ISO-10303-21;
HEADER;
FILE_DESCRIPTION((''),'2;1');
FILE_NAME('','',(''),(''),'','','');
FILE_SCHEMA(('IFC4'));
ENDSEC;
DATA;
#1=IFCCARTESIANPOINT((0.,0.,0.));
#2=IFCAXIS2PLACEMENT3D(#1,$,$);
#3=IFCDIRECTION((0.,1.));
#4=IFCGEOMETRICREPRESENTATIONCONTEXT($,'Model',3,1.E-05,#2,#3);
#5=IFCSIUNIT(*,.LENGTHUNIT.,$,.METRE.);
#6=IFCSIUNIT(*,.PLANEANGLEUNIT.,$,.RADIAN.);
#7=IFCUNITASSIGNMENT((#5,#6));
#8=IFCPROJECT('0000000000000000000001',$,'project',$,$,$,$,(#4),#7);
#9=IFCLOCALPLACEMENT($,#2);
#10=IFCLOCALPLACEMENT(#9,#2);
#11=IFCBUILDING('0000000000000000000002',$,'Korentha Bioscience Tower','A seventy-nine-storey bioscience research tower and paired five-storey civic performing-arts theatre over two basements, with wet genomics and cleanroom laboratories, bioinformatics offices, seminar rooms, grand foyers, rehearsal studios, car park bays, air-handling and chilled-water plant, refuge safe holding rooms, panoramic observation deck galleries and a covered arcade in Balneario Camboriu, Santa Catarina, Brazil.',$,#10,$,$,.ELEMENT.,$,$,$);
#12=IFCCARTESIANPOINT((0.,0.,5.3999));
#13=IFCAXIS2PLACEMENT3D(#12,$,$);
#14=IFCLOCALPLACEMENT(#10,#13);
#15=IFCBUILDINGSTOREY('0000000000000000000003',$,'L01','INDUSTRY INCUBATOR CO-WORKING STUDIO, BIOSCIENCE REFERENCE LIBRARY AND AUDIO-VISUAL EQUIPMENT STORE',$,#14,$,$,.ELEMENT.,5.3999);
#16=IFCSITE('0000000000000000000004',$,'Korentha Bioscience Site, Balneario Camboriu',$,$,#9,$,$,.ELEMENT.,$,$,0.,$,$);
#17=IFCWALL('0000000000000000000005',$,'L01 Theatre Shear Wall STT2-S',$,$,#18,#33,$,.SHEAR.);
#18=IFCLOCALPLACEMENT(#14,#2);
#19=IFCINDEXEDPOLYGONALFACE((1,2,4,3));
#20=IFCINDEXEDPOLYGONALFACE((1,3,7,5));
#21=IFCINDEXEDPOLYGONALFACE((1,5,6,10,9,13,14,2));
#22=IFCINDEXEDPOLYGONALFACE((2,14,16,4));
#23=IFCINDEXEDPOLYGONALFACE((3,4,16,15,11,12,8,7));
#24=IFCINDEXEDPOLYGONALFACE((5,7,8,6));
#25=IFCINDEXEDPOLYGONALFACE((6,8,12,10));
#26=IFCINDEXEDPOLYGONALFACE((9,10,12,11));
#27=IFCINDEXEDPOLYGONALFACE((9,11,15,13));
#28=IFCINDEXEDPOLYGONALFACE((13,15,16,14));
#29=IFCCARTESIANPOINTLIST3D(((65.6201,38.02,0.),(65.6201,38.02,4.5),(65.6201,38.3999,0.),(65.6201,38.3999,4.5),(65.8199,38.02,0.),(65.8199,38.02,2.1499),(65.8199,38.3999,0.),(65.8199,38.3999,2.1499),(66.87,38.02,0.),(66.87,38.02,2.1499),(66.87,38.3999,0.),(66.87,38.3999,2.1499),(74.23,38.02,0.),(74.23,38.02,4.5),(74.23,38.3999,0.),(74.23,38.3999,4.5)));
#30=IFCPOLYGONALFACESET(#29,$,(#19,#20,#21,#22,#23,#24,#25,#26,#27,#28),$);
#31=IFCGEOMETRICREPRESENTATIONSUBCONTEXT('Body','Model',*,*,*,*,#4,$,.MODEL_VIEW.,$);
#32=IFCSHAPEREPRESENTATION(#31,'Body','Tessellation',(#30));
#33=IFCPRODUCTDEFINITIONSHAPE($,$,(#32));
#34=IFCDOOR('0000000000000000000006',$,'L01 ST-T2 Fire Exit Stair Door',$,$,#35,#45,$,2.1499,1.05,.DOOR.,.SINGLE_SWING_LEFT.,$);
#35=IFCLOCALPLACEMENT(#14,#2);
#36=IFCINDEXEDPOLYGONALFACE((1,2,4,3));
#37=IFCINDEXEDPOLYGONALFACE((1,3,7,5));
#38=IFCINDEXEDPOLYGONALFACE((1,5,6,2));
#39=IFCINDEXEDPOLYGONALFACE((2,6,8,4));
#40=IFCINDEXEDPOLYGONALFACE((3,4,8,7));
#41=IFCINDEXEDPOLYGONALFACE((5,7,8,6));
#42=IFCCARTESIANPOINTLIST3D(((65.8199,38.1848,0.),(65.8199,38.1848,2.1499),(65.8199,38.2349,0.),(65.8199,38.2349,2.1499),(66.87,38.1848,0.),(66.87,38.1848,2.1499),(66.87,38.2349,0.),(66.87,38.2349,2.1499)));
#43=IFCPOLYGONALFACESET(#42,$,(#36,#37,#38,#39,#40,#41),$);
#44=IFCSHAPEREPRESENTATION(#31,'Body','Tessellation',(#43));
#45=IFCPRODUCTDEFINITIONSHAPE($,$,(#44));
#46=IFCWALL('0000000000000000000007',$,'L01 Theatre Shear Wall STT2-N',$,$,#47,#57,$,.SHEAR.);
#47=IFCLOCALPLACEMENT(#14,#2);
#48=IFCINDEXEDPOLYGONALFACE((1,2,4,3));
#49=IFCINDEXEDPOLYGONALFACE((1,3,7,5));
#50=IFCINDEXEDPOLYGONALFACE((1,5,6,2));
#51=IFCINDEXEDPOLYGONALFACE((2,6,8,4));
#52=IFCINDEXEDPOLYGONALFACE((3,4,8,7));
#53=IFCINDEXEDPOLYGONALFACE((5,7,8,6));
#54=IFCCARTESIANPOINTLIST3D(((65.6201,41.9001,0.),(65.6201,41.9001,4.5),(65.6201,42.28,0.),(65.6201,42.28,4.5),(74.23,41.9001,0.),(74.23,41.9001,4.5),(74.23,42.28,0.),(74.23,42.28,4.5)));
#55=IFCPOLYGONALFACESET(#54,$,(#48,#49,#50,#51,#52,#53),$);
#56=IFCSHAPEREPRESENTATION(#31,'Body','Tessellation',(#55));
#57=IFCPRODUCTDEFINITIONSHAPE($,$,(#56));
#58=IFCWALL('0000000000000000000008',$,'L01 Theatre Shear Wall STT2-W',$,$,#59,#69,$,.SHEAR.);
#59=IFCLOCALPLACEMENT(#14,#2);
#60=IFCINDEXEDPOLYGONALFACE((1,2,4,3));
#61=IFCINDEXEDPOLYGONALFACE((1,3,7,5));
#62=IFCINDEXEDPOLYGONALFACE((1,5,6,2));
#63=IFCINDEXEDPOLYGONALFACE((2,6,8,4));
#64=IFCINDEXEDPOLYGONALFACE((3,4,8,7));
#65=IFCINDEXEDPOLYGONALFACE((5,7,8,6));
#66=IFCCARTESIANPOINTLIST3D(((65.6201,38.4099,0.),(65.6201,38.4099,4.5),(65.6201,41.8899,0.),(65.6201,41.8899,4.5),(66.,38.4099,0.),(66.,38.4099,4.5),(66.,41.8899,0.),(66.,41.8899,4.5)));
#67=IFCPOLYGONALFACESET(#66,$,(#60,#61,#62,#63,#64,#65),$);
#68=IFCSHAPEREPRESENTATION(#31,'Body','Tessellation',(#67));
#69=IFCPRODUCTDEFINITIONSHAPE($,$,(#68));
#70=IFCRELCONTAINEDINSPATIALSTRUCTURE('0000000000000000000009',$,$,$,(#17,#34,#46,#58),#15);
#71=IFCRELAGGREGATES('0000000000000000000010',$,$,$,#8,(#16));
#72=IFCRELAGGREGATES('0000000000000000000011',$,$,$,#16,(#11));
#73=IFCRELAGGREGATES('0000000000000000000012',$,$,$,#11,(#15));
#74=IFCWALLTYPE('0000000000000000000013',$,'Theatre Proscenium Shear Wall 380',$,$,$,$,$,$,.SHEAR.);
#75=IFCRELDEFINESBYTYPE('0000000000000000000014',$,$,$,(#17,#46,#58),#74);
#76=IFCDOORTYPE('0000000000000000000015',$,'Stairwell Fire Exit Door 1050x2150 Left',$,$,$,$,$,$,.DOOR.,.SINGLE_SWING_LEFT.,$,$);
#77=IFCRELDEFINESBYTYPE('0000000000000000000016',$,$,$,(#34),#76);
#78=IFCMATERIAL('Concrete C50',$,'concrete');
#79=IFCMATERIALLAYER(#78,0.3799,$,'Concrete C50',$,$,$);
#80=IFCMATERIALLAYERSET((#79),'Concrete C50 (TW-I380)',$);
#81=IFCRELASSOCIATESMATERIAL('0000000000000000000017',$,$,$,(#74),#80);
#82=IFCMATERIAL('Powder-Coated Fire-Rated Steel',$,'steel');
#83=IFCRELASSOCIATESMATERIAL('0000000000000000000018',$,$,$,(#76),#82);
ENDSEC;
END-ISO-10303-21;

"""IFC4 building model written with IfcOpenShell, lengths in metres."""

from ifc_helpers import new_model, si_unit, direction, frame, frame_2d, origin, place, context, subcontext, project, spatial, rectangle, extrude, material, layer, layer_set, type_object, element, fill, save


model = new_model("IFC4")

# Units and contexts
model_context = context("Model", 3, precision=1e-05, world=origin(), true_north=direction((0.0, 1.0)))
body_context = subcontext(model_context, "Body", "Model", "MODEL_VIEW")
ifc_project = project(units=[si_unit("LENGTHUNIT", "METRE"), si_unit("PLANEANGLEUNIT", "RADIAN")], contexts=[model_context])

# Site, building, storey
site_placement = place(None, origin())
site = spatial("IfcSite", under=ifc_project, at=site_placement, Name="Korentha Bioscience Site, Balneario Camboriu", CompositionType="ELEMENT", RefElevation=0.0)
building_placement = place(site_placement, origin())
building = spatial("IfcBuilding", under=site, at=building_placement, Name="Korentha Bioscience Tower", Description="A seventy-nine-storey bioscience research tower and paired five-storey civic performing-arts theatre over two basements, with wet genomics and cleanroom laboratories, bioinformatics offices, seminar rooms, grand foyers, rehearsal studios, car park bays, air-handling and chilled-water plant, refuge safe holding rooms, panoramic observation deck galleries and a covered arcade in Balneario Camboriu, Santa Catarina, Brazil.", CompositionType="ELEMENT")
storey_placement = place(building_placement, frame((0.0, 0.0, 5.3999)))
storey = spatial("IfcBuildingStorey", under=building, at=storey_placement, Name="L01", Description="INDUSTRY INCUBATOR CO-WORKING STUDIO, BIOSCIENCE REFERENCE LIBRARY AND AUDIO-VISUAL EQUIPMENT STORE", CompositionType="ELEMENT", Elevation=5.3999)

# Shared definitions
ifc_material_1 = material(Name="Concrete C50", Category="concrete")

# Wall, opening, door
ifc_layer_1 = layer(ifc_material_1, 0.3799, Name="Concrete C50")
ifc_layer_set_1 = layer_set([ifc_layer_1], Name="Concrete C50 (TW-I380)")
wall_type_1 = type_object("IfcWallType", Name="Theatre Proscenium Shear Wall 380", PredefinedType="SHEAR", material=ifc_layer_set_1)
wall_1_placement = place(storey_placement, frame((65.6201, 38.21, 0.0), z_axis=(0.0, 0.0, 1.0), x_axis=(1.0, 0.0, 0.0)))
wall_1 = element("IfcWall", 1, at=wall_1_placement, inside=storey, type_object=wall_type_1, Name="L01 Theatre Shear Wall STT2-S", PredefinedType="SHEAR", context=body_context, shape_type="SweptSolid", body=[
    extrude(rectangle(XDim=8.6099, YDim=0.3799, at=frame_2d((4.3049, 0.0))), origin(), (0.0, 0.0, 1.0), 4.5),
])
opening_placement = place(wall_1_placement, frame((0.2, 0.0, 0.0)))
opening = element("IfcOpeningElement", 2, at=opening_placement, cuts=wall_1, PredefinedType="OPENING", context=body_context, shape_type="SweptSolid", body=[
    extrude(rectangle(XDim=1.05, YDim=2.1499, at=frame_2d((0.5249, 1.075))), frame((0.0, 0.2048, 0.0), z_axis=(0.0, -1.0, 0.0), x_axis=(1.0, 0.0, 0.0)), (0.0, 0.0, 1.0), 0.4097),
])
ifc_material_2 = material(Name="Powder-Coated Fire-Rated Steel", Category="steel")
door_type = type_object("IfcDoorType", Name="Stairwell Fire Exit Door 1050x2150 Left", OperationType="SINGLE_SWING_LEFT", PredefinedType="DOOR", material=ifc_material_2)
door_placement = place(opening_placement, origin())
door = element("IfcDoor", 3, at=door_placement, inside=storey, type_object=door_type, Name="L01 ST-T2 Fire Exit Stair Door", OperationType="SINGLE_SWING_LEFT", OverallHeight=2.1499, OverallWidth=1.05, PredefinedType="DOOR", context=body_context, shape_type="SweptSolid", body=[
    extrude(rectangle(XDim=1.05, YDim=2.1499, at=frame_2d((0.5249, 1.075))), frame((0.0, 0.0249, 0.0), z_axis=(0.0, -1.0, 0.0), x_axis=(1.0, 0.0, 0.0)), (0.0, 0.0, 1.0), 0.05),
])
fill(opening, door)

# Walls
wall_2_placement = place(storey_placement, frame((65.6201, 42.0901, 0.0), z_axis=(0.0, 0.0, 1.0), x_axis=(1.0, 0.0, 0.0)))
element("IfcWall", 4, at=wall_2_placement, inside=storey, type_object=wall_type_1, Name="L01 Theatre Shear Wall STT2-N", PredefinedType="SHEAR", context=body_context, shape_type="SweptSolid", body=[
    extrude(rectangle(XDim=8.6099, YDim=0.3799, at=frame_2d((4.3049, 0.0))), origin(), (0.0, 0.0, 1.0), 4.5),
])
wall_3_placement = place(storey_placement, frame((65.8101, 38.4099, 0.0), z_axis=(0.0, 0.0, 1.0), x_axis=(0.0, 1.0, 0.0)))
element("IfcWall", 5, at=wall_3_placement, inside=storey, type_object=wall_type_1, Name="L01 Theatre Shear Wall STT2-W", PredefinedType="SHEAR", context=body_context, shape_type="SweptSolid", body=[
    extrude(rectangle(XDim=3.48, YDim=0.3799, at=frame_2d((1.74, 0.0))), origin(), (0.0, 0.0, 1.0), 4.5),
])

save(model, "model.ifc")
